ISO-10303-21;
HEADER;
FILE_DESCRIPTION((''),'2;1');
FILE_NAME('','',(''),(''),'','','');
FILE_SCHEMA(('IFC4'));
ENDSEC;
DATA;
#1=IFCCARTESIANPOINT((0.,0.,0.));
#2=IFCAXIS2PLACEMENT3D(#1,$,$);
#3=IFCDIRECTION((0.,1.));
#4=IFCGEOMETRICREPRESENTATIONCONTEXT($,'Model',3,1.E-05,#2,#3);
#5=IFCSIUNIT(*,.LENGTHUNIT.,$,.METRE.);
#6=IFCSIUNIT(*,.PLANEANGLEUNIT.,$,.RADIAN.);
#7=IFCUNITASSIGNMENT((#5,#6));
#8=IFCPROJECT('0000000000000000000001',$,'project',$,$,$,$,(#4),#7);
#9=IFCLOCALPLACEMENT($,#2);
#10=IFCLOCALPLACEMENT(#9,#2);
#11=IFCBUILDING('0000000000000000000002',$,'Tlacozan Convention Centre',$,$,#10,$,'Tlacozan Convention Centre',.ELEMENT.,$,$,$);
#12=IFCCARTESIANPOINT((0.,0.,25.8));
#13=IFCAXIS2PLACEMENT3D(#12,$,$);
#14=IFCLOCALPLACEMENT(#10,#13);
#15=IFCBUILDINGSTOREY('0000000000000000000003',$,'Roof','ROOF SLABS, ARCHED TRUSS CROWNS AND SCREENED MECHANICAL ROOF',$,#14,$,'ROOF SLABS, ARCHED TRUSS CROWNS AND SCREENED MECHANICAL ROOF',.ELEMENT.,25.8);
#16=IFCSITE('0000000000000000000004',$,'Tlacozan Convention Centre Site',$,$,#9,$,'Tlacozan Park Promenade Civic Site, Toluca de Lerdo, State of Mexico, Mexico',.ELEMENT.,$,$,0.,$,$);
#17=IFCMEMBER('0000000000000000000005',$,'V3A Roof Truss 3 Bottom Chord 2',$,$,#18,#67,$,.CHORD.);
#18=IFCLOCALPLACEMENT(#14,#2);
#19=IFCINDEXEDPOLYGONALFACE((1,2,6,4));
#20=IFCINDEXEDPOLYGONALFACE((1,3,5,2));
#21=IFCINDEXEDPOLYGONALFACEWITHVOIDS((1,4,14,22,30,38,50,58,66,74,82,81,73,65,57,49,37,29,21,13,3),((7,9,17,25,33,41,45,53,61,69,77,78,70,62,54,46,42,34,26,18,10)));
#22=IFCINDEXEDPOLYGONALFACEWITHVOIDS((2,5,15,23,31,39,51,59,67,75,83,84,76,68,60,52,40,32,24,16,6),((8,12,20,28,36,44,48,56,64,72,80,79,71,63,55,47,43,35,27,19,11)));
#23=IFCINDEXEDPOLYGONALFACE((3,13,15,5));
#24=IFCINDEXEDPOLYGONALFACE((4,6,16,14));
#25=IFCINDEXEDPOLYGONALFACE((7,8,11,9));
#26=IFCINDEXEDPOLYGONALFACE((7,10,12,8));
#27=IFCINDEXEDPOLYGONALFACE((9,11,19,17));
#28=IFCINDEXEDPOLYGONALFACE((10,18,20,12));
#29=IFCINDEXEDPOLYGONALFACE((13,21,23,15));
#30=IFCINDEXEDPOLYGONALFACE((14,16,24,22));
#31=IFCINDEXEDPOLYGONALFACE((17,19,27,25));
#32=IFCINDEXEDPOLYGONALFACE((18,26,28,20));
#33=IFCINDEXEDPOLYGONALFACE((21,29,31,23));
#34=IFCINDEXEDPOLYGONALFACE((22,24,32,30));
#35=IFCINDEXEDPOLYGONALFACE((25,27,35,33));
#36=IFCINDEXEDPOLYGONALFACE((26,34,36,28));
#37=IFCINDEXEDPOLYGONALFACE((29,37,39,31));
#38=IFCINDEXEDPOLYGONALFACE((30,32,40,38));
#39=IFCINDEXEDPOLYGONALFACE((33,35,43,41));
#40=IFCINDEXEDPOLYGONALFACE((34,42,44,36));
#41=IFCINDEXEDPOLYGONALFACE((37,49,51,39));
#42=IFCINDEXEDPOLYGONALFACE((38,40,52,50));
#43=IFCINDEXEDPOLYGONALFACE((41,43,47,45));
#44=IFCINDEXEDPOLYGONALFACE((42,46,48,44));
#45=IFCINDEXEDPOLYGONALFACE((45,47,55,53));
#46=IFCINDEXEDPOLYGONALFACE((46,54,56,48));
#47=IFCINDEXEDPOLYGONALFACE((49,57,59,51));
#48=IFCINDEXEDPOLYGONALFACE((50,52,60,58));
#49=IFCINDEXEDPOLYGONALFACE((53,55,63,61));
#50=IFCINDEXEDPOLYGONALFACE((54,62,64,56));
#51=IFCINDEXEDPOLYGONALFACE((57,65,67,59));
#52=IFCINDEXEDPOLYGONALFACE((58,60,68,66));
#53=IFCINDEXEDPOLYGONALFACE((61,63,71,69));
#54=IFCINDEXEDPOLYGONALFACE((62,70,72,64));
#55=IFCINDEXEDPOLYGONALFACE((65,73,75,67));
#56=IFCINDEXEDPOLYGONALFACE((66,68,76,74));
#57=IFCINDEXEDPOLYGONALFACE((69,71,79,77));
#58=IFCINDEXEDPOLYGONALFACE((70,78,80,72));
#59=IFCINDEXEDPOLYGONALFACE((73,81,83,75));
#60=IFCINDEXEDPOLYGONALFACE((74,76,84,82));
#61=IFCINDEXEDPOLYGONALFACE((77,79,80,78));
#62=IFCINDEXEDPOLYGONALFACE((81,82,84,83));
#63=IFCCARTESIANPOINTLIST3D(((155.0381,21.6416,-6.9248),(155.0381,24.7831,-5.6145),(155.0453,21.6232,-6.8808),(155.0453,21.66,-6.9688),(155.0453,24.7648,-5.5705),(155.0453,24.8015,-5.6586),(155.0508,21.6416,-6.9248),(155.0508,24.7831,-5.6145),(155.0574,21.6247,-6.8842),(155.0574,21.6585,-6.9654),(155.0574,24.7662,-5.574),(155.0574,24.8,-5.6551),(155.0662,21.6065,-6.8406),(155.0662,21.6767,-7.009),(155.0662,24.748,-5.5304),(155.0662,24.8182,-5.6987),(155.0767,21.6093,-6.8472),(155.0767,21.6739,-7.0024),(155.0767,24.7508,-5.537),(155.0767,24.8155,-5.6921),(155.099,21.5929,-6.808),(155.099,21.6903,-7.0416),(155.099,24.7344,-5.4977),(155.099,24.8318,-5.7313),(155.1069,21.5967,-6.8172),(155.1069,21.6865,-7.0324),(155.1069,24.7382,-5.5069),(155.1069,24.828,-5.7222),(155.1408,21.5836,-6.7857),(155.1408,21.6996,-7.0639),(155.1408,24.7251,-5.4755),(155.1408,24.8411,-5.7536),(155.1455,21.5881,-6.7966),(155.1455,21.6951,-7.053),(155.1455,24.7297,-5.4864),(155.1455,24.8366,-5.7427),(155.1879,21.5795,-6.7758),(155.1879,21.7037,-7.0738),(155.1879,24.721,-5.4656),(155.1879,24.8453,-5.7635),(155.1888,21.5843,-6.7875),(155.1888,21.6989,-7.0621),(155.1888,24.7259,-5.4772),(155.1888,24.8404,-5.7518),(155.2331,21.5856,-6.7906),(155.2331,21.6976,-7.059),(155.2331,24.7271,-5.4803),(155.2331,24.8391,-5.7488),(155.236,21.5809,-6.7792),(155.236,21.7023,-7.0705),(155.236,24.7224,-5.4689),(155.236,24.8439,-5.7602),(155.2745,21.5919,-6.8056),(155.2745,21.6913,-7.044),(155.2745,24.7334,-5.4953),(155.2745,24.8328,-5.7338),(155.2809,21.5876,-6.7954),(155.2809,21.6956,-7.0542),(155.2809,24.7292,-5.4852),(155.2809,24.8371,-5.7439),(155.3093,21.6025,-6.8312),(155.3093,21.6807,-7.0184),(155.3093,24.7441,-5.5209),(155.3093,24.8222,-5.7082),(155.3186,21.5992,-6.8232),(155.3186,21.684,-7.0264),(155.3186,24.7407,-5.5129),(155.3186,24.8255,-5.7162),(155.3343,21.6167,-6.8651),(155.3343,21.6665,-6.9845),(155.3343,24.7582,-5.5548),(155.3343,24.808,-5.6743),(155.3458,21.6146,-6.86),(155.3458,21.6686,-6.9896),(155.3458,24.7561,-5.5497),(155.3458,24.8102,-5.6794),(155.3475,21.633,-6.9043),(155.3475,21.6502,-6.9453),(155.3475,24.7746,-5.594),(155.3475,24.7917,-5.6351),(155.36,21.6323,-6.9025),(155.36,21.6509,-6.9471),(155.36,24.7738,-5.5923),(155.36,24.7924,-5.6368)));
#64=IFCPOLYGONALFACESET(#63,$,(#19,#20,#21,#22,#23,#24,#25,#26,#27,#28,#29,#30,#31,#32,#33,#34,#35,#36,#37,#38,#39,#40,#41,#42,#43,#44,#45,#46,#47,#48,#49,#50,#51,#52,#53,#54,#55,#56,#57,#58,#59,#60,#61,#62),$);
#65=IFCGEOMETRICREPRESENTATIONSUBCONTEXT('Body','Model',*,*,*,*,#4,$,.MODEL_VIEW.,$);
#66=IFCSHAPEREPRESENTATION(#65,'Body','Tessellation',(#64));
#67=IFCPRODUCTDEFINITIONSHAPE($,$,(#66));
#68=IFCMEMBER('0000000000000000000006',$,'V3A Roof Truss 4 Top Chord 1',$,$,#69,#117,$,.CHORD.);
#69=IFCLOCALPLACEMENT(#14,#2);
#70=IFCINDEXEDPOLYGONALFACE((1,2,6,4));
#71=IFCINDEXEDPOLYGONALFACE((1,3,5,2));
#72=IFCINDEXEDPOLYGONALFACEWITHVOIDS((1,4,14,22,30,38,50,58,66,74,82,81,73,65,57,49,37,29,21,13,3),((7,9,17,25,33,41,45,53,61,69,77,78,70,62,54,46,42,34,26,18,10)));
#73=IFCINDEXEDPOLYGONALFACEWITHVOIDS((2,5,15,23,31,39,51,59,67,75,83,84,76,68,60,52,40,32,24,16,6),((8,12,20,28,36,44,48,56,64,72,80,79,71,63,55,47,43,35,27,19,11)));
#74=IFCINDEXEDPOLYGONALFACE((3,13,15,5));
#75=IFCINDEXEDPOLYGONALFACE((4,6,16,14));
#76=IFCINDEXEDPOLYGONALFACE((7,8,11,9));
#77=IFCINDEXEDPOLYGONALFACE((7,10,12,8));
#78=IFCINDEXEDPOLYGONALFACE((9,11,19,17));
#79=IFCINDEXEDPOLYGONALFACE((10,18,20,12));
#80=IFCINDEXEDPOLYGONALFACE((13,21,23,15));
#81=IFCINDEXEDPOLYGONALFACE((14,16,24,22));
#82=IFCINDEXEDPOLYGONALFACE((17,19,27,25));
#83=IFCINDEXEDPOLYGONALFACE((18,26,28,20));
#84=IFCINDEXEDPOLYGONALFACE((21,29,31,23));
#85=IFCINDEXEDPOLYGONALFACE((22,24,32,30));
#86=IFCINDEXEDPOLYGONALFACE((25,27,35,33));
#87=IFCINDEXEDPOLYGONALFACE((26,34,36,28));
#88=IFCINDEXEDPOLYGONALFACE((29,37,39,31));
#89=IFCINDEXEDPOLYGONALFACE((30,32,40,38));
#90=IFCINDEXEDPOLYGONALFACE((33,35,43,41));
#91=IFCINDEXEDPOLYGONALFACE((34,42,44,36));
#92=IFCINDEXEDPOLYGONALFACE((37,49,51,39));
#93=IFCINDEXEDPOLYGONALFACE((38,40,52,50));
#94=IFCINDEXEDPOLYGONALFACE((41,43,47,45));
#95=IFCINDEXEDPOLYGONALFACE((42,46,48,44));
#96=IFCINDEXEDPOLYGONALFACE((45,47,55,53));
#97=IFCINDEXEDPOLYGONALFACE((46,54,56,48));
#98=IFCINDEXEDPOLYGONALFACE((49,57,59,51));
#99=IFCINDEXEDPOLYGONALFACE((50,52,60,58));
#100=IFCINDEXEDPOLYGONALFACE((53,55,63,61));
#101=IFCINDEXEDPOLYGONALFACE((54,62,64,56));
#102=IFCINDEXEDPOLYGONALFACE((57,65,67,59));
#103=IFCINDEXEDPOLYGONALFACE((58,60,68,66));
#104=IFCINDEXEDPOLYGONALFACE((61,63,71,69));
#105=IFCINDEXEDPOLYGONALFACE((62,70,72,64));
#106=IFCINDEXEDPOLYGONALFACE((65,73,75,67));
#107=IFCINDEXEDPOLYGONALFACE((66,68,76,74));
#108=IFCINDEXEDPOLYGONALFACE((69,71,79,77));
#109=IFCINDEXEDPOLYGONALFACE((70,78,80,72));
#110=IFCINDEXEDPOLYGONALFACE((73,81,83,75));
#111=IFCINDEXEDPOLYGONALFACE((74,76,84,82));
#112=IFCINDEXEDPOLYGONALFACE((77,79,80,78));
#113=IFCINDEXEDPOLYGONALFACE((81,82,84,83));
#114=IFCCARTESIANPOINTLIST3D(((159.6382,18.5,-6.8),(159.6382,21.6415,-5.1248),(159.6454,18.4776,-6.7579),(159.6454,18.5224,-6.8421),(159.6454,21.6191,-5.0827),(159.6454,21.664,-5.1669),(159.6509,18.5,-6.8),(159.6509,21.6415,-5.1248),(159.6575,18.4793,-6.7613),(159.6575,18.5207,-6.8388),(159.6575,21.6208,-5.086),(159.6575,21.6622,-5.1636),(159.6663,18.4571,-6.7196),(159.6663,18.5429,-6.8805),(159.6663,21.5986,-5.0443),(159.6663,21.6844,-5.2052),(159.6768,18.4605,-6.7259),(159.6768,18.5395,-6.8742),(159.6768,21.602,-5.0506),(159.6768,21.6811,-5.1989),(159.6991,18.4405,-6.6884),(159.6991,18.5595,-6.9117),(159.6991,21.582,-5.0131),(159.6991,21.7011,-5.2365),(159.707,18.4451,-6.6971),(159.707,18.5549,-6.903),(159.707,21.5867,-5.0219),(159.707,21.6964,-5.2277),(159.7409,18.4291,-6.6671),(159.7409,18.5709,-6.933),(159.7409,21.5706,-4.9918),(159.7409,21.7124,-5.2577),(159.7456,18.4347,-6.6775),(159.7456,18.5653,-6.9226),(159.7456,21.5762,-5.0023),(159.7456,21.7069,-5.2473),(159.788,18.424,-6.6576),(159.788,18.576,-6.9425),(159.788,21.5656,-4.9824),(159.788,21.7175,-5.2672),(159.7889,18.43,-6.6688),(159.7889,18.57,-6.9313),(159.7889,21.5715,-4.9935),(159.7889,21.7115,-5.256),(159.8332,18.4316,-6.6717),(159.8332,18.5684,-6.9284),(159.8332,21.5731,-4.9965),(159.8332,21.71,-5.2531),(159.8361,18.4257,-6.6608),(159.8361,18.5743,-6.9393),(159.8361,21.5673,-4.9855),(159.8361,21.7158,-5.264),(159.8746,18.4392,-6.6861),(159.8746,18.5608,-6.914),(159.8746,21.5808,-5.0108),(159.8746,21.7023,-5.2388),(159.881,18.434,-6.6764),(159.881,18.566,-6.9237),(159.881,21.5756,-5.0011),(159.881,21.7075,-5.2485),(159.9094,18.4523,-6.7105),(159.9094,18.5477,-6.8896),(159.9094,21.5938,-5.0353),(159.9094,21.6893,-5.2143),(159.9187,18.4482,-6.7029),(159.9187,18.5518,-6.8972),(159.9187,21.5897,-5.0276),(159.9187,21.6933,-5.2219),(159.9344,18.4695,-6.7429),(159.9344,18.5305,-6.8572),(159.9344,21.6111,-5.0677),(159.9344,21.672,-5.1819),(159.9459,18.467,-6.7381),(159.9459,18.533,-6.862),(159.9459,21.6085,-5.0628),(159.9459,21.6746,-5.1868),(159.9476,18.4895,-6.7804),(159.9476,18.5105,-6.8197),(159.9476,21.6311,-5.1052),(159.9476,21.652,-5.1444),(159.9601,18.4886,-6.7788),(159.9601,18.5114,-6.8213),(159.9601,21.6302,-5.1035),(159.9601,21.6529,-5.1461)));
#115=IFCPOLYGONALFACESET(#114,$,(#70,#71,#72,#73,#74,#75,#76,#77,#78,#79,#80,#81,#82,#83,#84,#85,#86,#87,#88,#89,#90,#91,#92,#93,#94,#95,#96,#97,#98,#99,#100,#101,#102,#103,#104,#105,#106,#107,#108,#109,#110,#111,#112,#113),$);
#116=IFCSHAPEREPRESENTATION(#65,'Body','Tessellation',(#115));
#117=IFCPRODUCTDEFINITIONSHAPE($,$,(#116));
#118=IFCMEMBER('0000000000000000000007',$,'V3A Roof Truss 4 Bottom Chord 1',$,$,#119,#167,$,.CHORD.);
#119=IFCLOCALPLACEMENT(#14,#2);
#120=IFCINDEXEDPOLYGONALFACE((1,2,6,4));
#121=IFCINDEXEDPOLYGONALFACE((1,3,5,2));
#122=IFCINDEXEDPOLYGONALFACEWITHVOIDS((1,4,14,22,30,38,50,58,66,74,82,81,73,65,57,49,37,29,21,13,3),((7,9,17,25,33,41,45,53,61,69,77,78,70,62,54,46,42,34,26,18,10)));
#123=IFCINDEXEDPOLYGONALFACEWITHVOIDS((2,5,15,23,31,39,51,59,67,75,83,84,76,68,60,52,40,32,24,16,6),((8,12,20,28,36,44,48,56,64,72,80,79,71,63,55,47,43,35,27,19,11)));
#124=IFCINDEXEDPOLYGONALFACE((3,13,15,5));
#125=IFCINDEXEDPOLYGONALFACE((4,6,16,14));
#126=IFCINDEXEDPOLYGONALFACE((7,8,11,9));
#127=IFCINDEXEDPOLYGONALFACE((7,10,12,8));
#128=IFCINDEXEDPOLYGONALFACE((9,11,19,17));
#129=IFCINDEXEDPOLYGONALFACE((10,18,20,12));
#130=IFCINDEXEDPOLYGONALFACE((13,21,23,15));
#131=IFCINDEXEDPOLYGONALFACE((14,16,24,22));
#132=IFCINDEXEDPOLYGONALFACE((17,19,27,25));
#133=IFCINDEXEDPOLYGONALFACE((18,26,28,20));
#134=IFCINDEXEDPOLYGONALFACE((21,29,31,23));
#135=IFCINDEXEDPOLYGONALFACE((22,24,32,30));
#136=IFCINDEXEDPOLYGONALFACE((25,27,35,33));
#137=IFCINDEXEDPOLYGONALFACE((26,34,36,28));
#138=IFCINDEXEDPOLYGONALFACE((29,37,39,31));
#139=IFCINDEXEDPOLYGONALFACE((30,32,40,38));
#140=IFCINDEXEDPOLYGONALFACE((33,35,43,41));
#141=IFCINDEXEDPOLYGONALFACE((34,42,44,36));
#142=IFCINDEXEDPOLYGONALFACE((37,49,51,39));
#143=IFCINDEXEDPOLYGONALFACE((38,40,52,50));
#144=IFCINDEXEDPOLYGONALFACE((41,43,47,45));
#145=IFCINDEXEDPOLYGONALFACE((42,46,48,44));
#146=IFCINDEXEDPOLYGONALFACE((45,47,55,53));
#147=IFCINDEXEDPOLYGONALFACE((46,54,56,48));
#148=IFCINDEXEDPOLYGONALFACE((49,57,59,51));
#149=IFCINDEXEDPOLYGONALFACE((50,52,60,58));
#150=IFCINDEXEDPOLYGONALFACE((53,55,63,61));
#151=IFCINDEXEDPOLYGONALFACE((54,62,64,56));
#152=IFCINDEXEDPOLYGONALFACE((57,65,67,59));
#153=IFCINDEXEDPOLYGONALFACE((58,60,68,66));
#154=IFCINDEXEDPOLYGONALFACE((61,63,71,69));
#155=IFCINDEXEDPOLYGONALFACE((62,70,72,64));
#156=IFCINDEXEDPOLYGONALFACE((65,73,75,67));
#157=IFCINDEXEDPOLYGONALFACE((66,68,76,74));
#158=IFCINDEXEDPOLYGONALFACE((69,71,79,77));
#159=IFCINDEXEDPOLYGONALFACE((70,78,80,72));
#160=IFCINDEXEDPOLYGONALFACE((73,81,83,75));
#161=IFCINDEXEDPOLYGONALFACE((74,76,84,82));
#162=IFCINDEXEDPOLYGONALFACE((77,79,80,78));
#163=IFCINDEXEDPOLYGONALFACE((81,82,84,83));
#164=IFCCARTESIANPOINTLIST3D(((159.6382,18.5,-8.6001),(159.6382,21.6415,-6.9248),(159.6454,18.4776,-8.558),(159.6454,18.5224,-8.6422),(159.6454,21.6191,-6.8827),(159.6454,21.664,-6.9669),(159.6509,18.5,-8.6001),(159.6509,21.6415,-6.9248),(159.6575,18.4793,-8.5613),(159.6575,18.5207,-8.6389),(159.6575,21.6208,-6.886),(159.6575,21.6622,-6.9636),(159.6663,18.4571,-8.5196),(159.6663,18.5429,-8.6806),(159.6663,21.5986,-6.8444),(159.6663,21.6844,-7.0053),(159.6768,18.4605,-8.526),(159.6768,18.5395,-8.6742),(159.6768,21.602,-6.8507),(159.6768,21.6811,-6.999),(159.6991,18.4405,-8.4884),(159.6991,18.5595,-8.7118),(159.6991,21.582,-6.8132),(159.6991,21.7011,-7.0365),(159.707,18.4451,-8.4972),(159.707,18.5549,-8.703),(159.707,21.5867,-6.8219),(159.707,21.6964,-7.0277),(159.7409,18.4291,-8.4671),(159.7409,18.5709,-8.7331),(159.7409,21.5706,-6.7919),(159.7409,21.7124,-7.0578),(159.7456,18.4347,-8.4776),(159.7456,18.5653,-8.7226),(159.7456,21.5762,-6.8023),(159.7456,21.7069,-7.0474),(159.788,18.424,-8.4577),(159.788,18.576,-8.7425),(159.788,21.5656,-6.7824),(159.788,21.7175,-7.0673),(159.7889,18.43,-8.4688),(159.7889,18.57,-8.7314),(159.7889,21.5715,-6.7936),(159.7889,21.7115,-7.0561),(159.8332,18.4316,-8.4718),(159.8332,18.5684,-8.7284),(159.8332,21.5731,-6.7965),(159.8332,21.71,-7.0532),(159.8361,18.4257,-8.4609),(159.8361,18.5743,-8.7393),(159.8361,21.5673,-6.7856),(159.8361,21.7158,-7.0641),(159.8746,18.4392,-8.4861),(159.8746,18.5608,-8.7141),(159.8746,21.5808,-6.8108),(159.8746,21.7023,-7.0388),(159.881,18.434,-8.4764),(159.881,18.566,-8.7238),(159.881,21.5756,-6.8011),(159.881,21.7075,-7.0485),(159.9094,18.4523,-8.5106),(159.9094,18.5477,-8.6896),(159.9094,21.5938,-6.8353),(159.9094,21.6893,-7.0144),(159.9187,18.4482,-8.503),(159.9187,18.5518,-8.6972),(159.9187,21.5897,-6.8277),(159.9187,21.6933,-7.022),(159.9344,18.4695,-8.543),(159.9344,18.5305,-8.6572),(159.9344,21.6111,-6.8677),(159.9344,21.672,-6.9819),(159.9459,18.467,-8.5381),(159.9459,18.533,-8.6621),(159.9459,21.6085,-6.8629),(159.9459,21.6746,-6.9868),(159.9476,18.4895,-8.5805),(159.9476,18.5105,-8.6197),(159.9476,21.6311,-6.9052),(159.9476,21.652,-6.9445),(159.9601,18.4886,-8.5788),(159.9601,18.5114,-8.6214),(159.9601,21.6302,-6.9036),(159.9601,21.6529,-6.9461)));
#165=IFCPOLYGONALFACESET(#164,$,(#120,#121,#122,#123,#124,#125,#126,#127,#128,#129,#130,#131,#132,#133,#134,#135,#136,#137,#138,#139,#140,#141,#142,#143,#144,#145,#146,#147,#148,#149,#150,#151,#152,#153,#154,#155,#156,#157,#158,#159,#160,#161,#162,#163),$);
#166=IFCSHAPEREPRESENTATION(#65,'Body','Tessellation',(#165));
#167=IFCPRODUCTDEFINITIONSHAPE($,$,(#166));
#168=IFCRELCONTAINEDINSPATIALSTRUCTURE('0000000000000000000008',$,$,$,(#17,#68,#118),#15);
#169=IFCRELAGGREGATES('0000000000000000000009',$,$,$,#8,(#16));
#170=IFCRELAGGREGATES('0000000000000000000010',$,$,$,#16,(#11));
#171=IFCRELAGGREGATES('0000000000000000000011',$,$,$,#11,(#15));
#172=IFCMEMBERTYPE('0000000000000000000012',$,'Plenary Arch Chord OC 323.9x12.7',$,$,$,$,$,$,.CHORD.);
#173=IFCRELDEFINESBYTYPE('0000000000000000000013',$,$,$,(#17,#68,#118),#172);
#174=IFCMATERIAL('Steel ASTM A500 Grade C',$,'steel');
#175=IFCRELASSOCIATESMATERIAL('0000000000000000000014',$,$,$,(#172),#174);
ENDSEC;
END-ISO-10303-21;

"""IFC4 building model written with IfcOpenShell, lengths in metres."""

from ifc_helpers import new_model, si_unit, direction, frame, origin, origin_2d, place, context, subcontext, project, spatial, hollow_circle, extrude, material, material_profile, profile_set, type_object, element, save


model = new_model("IFC4")

# Units and contexts
model_context = context("Model", 3, precision=1e-05, world=origin(), true_north=direction((0.0, 1.0)))
body_context = subcontext(model_context, "Body", "Model", "MODEL_VIEW")
ifc_project = project(units=[si_unit("LENGTHUNIT", "METRE"), si_unit("PLANEANGLEUNIT", "RADIAN")], contexts=[model_context])

# Site, building, storey
site_placement = place(None, origin())
site = spatial("IfcSite", under=ifc_project, at=site_placement, Name="Tlacozan Convention Centre Site", LongName="Tlacozan Park Promenade Civic Site, Toluca de Lerdo, State of Mexico, Mexico", CompositionType="ELEMENT", RefElevation=0.0)
building_placement = place(site_placement, origin())
building = spatial("IfcBuilding", under=site, at=building_placement, Name="Tlacozan Convention Centre", LongName="Tlacozan Convention Centre", CompositionType="ELEMENT")
storey_placement = place(building_placement, frame((0.0, 0.0, 25.8)))
storey = spatial("IfcBuildingStorey", under=building, at=storey_placement, Name="Roof", Description="ROOF SLABS, ARCHED TRUSS CROWNS AND SCREENED MECHANICAL ROOF", LongName="ROOF SLABS, ARCHED TRUSS CROWNS AND SCREENED MECHANICAL ROOF", CompositionType="ELEMENT", Elevation=25.8)

# Members
ifc_material_1 = material(Name="Steel ASTM A500 Grade C", Category="steel")
ifc_material_profile_1 = material_profile(ifc_material_1, hollow_circle(Radius=0.1619, WallThickness=0.0127, at=origin_2d()), Name="OC 323.9x12.7")
ifc_profile_set_1 = profile_set([ifc_material_profile_1], Name="Steel ASTM A500 Grade C")
member_type_1 = type_object("IfcMemberType", Name="Plenary Arch Chord OC 323.9x12.7", PredefinedType="CHORD", material=ifc_profile_set_1)
for number, where, z_axis, x_axis, name in (
    (1, (155.2, 21.6416, -6.9248), (0.0, 0.922941, 0.384941), (-1.0, 0.0, 0.0), "V3A Roof Truss 3 Bottom Chord 2"),
):
    element("IfcMember", number, at=place(storey_placement, frame(where, z_axis=z_axis, x_axis=x_axis)), inside=storey, type_object=member_type_1, Name=name, PredefinedType="CHORD", context=body_context, shape_type="SweptSolid", body=[
        extrude(hollow_circle(Radius=0.1619, WallThickness=0.0127, at=origin_2d()), origin(), (0.0, 0.0, 1.0), 3.4038),
    ])
for number, where, z_axis, x_axis, name in (
    (2, (159.8, 18.5, -6.8), (0.0, 0.88238, 0.470538), (-1.0, 0.0, 0.0), "V3A Roof Truss 4 Top Chord 1"),
    (3, (159.8, 18.5, -8.6001), (0.0, 0.88238, 0.470538), (-1.0, 0.0, 0.0), "V3A Roof Truss 4 Bottom Chord 1"),
):
    element("IfcMember", number, at=place(storey_placement, frame(where, z_axis=z_axis, x_axis=x_axis)), inside=storey, type_object=member_type_1, Name=name, PredefinedType="CHORD", context=body_context, shape_type="SweptSolid", body=[
        extrude(hollow_circle(Radius=0.1619, WallThickness=0.0127, at=origin_2d()), origin(), (0.0, 0.0, 1.0), 3.5603),
    ])

save(model, "model.ifc")
